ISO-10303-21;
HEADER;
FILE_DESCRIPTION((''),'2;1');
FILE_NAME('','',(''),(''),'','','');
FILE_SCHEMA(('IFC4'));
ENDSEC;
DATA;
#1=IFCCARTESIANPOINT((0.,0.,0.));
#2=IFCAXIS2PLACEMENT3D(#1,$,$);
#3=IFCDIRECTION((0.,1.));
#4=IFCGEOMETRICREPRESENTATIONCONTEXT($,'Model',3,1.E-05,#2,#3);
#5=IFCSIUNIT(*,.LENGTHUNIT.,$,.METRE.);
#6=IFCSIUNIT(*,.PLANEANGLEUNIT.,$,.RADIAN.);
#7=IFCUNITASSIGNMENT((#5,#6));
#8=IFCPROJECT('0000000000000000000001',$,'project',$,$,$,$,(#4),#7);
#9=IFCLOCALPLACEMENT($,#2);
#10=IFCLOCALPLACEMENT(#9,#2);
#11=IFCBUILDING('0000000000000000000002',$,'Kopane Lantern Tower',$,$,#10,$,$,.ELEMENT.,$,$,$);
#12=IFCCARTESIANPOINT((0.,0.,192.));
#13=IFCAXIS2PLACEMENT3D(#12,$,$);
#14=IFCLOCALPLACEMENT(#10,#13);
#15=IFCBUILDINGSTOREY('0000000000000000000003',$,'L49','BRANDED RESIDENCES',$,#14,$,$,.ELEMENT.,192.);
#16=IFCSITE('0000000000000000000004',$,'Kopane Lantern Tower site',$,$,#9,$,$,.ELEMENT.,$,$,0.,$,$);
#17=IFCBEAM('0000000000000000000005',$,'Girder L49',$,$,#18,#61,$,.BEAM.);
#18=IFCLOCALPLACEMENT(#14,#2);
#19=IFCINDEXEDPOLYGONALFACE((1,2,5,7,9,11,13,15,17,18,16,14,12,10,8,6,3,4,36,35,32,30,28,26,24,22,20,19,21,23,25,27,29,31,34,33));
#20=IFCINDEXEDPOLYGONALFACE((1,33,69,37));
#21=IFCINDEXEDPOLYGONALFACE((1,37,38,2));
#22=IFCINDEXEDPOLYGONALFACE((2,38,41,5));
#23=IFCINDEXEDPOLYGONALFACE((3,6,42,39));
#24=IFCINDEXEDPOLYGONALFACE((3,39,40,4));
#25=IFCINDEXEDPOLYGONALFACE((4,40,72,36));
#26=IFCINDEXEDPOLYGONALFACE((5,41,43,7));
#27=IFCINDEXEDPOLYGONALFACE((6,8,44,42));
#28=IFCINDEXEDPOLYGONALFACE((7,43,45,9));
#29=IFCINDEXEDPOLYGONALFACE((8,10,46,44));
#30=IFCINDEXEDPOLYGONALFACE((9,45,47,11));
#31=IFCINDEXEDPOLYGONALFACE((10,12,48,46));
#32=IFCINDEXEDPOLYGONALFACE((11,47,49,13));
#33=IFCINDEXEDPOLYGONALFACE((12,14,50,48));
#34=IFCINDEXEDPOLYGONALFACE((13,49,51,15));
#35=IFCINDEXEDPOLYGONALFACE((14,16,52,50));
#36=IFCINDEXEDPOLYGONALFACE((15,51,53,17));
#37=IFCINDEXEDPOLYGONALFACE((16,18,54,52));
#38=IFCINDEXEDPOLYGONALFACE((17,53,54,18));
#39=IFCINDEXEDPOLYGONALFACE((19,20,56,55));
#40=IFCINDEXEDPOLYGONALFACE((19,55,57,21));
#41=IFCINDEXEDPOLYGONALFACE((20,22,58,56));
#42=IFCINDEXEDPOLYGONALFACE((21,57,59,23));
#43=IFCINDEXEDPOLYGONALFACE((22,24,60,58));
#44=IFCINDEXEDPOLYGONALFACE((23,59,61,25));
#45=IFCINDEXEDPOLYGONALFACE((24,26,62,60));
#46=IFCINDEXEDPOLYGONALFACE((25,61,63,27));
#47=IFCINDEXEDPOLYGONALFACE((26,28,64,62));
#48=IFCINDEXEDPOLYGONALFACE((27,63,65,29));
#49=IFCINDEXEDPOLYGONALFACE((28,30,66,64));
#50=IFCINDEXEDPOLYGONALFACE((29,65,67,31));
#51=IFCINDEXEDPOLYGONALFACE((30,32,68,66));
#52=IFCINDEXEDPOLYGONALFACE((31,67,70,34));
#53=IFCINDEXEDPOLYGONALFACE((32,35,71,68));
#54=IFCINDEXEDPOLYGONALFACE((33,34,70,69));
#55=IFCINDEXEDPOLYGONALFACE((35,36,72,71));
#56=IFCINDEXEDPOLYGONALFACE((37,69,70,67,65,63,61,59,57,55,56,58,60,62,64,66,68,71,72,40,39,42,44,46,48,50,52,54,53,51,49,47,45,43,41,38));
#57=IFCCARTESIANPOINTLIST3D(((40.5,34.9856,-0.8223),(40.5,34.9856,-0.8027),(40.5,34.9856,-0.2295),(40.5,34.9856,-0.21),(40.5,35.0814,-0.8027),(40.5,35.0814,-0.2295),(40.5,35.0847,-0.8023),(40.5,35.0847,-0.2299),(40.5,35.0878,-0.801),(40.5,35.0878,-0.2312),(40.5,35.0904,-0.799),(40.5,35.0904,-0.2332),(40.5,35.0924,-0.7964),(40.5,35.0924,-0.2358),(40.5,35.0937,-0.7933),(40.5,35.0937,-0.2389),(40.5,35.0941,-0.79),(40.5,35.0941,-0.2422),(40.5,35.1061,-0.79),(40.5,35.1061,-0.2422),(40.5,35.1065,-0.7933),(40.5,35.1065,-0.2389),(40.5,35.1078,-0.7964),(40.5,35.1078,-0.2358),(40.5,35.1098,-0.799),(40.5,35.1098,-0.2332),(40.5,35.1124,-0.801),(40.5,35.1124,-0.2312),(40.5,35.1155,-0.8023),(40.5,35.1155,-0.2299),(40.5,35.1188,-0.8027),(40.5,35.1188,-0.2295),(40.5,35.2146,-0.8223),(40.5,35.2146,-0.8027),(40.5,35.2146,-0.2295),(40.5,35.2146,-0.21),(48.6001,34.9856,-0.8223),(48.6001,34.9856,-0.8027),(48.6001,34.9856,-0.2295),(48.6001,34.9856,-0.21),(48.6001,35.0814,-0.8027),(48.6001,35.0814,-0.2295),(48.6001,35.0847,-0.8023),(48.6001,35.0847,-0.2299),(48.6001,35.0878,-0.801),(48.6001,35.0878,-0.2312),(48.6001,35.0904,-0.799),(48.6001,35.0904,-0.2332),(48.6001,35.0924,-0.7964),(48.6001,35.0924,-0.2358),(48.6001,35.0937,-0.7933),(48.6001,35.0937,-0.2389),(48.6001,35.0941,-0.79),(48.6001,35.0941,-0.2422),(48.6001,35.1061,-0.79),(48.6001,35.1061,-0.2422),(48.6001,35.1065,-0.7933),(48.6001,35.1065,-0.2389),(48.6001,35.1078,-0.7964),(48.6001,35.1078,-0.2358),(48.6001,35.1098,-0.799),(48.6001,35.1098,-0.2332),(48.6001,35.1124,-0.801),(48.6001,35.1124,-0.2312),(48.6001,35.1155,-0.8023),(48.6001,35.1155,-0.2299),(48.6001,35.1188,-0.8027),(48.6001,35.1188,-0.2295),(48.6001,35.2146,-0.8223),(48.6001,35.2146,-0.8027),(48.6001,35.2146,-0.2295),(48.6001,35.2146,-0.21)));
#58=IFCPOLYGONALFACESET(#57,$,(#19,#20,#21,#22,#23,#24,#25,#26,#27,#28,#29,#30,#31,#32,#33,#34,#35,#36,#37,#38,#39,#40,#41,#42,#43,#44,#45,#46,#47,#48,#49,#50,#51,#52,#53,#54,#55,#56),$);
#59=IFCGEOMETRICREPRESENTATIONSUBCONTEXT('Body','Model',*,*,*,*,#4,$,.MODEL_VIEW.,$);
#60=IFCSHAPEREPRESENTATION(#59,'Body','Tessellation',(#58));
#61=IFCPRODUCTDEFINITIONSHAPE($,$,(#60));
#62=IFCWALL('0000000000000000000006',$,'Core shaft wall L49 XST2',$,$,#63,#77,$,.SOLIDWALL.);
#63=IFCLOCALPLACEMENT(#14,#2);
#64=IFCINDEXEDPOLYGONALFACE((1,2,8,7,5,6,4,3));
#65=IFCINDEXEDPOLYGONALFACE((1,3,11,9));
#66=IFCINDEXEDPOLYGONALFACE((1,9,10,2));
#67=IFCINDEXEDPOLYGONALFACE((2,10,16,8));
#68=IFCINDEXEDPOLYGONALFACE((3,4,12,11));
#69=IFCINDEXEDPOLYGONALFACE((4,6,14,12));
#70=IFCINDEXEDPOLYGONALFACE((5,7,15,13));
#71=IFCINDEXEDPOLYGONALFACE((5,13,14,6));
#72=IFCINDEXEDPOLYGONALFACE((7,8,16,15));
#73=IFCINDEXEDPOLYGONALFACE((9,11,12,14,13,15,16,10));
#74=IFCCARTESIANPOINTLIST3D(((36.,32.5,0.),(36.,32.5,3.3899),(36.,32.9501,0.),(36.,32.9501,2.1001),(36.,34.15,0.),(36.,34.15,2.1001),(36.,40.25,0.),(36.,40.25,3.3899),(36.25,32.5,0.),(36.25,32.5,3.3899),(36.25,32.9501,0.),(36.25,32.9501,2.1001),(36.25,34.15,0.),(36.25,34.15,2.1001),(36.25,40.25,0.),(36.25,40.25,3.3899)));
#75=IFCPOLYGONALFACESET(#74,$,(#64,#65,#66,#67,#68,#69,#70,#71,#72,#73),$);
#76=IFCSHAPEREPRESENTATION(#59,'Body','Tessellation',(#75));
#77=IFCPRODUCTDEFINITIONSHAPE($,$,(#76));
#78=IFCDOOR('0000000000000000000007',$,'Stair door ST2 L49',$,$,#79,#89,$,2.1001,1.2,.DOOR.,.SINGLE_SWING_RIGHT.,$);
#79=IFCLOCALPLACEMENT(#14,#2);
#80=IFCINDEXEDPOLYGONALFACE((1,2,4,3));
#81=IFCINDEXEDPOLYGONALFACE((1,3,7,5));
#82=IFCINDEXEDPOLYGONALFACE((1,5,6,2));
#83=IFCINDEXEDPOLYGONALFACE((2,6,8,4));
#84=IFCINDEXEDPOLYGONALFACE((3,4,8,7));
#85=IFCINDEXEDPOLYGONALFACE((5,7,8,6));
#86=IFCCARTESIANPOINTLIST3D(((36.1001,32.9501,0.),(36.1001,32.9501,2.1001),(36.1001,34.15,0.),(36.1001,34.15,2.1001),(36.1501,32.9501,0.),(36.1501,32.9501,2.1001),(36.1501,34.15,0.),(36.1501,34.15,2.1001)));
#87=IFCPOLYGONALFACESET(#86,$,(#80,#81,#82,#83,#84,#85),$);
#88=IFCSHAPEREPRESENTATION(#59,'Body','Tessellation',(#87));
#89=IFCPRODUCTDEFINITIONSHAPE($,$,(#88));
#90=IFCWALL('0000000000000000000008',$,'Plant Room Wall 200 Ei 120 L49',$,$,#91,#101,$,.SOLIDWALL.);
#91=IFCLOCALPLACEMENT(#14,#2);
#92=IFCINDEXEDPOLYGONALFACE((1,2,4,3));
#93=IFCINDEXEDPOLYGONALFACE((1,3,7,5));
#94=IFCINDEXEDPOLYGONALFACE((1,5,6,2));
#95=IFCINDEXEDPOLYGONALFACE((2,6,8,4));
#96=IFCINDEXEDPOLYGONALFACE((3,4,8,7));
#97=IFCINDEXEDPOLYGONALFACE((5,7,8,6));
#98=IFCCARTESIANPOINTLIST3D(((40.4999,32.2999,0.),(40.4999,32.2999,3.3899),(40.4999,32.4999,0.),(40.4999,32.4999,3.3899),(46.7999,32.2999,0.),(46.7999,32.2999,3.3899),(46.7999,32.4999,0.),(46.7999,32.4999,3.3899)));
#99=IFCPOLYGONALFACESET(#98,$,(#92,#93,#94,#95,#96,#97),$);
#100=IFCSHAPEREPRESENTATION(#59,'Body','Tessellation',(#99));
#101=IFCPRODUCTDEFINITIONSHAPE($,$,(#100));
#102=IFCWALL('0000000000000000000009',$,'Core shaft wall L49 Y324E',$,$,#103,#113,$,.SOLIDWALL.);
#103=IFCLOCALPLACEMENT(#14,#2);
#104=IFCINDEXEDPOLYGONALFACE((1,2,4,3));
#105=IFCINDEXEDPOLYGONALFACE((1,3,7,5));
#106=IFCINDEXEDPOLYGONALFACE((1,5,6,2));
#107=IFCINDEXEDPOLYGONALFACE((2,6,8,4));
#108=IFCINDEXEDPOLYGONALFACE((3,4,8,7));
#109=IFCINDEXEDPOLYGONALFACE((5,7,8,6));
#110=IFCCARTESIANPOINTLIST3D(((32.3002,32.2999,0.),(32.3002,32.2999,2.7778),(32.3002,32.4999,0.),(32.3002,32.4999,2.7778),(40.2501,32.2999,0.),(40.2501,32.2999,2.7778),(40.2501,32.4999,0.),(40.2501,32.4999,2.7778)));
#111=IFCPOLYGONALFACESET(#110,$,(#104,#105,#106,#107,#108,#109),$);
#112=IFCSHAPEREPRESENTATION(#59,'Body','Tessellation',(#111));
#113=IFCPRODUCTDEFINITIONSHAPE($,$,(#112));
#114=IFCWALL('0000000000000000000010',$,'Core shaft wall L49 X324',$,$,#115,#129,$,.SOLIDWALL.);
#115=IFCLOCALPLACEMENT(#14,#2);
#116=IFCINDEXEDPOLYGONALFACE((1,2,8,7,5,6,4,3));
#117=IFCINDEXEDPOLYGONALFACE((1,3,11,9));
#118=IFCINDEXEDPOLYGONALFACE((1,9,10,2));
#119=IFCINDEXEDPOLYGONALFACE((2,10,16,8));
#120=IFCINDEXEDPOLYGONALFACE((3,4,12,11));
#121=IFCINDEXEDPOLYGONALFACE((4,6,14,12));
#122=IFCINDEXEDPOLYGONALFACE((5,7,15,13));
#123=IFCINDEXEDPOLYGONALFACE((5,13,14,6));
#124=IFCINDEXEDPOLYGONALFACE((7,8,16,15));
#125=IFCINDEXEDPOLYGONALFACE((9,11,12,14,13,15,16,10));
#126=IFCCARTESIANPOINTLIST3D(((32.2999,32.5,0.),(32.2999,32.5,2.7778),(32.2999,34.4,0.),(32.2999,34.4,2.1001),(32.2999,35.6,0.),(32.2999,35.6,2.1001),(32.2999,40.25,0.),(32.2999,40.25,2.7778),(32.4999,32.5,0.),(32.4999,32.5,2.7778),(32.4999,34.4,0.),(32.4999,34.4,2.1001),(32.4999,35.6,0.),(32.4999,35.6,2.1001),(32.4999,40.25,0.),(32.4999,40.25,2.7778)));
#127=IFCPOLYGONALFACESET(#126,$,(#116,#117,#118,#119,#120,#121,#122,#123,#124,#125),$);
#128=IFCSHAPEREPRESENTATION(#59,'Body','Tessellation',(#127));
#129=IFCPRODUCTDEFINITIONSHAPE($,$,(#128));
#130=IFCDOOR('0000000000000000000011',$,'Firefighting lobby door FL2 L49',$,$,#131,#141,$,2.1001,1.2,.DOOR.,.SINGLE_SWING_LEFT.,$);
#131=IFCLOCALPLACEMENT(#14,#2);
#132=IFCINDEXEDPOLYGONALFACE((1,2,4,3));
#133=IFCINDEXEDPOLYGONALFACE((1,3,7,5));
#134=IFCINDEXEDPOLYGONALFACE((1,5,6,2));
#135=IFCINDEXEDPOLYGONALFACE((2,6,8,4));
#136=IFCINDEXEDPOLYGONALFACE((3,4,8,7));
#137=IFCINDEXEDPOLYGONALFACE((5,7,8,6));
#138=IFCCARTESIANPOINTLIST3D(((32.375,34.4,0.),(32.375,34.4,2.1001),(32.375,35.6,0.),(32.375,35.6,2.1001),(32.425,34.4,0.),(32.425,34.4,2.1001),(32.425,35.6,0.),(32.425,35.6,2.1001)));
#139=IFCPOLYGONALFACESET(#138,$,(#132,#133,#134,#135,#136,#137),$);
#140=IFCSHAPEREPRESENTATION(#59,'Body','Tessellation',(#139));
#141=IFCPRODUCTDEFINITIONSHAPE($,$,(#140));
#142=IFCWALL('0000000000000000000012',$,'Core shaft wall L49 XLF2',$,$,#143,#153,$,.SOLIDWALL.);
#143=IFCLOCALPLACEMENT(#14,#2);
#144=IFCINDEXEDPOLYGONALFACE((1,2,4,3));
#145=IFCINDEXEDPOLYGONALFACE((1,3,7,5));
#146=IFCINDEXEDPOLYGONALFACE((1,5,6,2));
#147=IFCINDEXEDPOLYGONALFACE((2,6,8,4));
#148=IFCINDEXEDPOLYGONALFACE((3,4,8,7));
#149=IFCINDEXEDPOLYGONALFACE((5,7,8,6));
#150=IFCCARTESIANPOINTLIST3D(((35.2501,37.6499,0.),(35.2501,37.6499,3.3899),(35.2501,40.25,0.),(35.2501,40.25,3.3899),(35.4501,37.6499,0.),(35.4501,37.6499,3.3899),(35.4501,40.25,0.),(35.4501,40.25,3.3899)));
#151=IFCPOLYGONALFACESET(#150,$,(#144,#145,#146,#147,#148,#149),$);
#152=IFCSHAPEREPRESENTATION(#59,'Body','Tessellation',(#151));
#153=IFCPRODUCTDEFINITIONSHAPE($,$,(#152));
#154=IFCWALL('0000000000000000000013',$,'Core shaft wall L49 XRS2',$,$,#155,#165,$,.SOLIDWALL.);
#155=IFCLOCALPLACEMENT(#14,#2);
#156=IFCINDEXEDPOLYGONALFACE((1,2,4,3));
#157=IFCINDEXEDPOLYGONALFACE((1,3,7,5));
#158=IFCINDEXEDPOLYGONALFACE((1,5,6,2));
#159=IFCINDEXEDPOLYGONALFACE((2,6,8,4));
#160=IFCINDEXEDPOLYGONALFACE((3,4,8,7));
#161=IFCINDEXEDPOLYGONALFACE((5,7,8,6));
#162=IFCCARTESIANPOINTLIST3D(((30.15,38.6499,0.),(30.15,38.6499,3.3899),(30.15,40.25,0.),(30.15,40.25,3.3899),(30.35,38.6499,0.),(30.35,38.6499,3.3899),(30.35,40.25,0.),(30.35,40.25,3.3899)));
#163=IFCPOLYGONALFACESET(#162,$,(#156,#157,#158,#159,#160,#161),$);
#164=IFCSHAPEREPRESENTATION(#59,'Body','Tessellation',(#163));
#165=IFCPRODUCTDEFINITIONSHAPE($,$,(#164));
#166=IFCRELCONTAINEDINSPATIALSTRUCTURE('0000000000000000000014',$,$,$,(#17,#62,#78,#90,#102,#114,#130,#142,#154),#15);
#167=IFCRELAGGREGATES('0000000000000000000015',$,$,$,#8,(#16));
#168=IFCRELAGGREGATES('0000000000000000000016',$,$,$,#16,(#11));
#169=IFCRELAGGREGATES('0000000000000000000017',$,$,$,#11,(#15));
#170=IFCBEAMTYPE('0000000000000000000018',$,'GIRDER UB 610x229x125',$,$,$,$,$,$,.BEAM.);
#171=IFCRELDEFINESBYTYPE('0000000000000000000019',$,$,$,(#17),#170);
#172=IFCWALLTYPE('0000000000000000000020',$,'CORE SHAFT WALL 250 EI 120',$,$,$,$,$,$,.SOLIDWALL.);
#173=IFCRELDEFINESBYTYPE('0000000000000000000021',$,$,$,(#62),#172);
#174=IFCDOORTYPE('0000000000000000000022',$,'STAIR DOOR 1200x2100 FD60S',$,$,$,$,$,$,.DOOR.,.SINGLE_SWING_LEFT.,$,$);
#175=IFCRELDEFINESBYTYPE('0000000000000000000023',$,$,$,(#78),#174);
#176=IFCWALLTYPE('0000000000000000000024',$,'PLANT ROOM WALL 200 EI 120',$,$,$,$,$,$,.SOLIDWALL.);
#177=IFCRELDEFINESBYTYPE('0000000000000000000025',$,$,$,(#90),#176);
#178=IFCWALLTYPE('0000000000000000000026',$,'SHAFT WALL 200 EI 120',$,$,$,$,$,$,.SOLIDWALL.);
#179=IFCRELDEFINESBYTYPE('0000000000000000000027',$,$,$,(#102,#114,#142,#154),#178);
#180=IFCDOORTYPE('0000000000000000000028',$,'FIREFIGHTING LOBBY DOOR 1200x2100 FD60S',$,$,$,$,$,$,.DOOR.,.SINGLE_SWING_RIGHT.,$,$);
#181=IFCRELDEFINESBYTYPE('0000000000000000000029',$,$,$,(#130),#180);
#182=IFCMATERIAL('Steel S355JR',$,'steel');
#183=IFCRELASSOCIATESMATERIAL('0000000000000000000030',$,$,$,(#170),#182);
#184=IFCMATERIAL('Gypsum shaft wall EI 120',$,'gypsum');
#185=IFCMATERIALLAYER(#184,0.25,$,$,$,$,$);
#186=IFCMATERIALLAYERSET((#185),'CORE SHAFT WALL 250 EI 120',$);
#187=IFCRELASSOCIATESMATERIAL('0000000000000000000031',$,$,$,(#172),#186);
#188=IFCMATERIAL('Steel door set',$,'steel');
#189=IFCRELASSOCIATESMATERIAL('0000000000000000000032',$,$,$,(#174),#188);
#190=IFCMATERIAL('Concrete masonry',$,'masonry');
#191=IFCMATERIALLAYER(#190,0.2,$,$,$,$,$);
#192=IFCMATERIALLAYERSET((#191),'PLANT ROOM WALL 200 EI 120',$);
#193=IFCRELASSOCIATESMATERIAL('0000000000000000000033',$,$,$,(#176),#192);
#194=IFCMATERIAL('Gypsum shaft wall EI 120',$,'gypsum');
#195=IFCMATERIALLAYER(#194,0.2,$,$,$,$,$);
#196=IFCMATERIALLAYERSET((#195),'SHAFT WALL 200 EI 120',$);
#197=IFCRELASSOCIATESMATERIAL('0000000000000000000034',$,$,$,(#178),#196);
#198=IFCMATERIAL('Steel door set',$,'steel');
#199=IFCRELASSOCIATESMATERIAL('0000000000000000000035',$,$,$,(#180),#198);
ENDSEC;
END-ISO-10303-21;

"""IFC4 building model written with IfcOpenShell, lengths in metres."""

from ifc_helpers import new_model, si_unit, direction, frame, frame_2d, origin, origin_2d, place, context, subcontext, project, spatial, rectangle, i_section, extrude, material, layer, layer_set, material_profile, profile_set, type_object, element, fill, save


model = new_model("IFC4")

# Units and contexts
model_context = context("Model", 3, precision=1e-05, world=origin(), true_north=direction((0.0, 1.0)))
body_context = subcontext(model_context, "Body", "Model", "MODEL_VIEW")
ifc_project = project(units=[si_unit("LENGTHUNIT", "METRE"), si_unit("PLANEANGLEUNIT", "RADIAN")], contexts=[model_context])

# Site, building, storey
site_placement = place(None, origin())
site = spatial("IfcSite", under=ifc_project, at=site_placement, Name="Kopane Lantern Tower site", CompositionType="ELEMENT", RefElevation=0.0)
building_placement = place(site_placement, origin())
building = spatial("IfcBuilding", under=site, at=building_placement, Name="Kopane Lantern Tower", CompositionType="ELEMENT")
storey_placement = place(building_placement, frame((0.0, 0.0, 192.0)))
storey = spatial("IfcBuildingStorey", under=building, at=storey_placement, Name="L49", Description="BRANDED RESIDENCES", CompositionType="ELEMENT", Elevation=192.0)

# Beam
ifc_material_1 = material(Name="Steel S355JR", Category="steel")
ifc_material_profile_1 = material_profile(ifc_material_1, i_section(OverallWidth=0.229, OverallDepth=0.6123, WebThickness=0.012, FlangeThickness=0.0195, FilletRadius=0.0127, at=origin_2d()), Name="UB 610x229x125")
ifc_profile_set_1 = profile_set([ifc_material_profile_1], Name="Steel S355JR")
beam_type_1 = type_object("IfcBeamType", Name="GIRDER UB 610x229x125", PredefinedType="BEAM", material=ifc_profile_set_1)
for number, where, z_axis, x_axis, name in (
    (1, (40.5, 35.1001, -0.5161), (1.0, 0.0, 0.0), (0.0, 1.0, 0.0), "Girder L49"),
):
    element("IfcBeam", number, at=place(storey_placement, frame(where, z_axis=z_axis, x_axis=x_axis)), inside=storey, type_object=beam_type_1, Name=name, PredefinedType="BEAM", context=body_context, shape_type="SweptSolid", body=[
        extrude(i_section(OverallWidth=0.229, OverallDepth=0.6123, WebThickness=0.012, FlangeThickness=0.0195, FilletRadius=0.0127, at=origin_2d()), origin(), (0.0, 0.0, 1.0), 8.1001),
    ])

# Wall, opening, door
ifc_material_2 = material(Name="Gypsum shaft wall EI 120", Category="gypsum")
ifc_layer_1 = layer(ifc_material_2, 0.25)
ifc_layer_set_1 = layer_set([ifc_layer_1], Name="CORE SHAFT WALL 250 EI 120")
wall_type_1 = type_object("IfcWallType", Name="CORE SHAFT WALL 250 EI 120", PredefinedType="SOLIDWALL", material=ifc_layer_set_1)
wall_1_placement = place(storey_placement, frame((36.125, 32.5, 0.0), z_axis=(0.0, 0.0, 1.0), x_axis=(0.0, 1.0, 0.0)))
wall_1 = element("IfcWall", 2, at=wall_1_placement, inside=storey, type_object=wall_type_1, Name="Core shaft wall L49 XST2", PredefinedType="SOLIDWALL", context=body_context, shape_type="SweptSolid", body=[
    extrude(rectangle(XDim=7.75, YDim=0.25, at=frame_2d((3.875, 0.0))), origin(), (0.0, 0.0, 1.0), 3.3899),
])
opening_1_placement = place(wall_1_placement, frame((0.45, 0.0, 0.0)))
opening_1 = element("IfcOpeningElement", 3, at=opening_1_placement, cuts=wall_1, PredefinedType="OPENING", context=body_context, shape_type="SweptSolid", body=[
    extrude(rectangle(XDim=1.2, YDim=2.1001, at=frame_2d((0.6001, 1.05))), frame((0.0, 0.135, 0.0), z_axis=(0.0, -1.0, 0.0), x_axis=(1.0, 0.0, 0.0)), (0.0, 0.0, 1.0), 0.27),
])
ifc_material_3 = material(Name="Steel door set", Category="steel")
door_type_1 = type_object("IfcDoorType", Name="STAIR DOOR 1200x2100 FD60S", OperationType="SINGLE_SWING_LEFT", PredefinedType="DOOR", material=ifc_material_3)
door_1_placement = place(opening_1_placement, origin())
door_1 = element("IfcDoor", 4, at=door_1_placement, inside=storey, type_object=door_type_1, Name="Stair door ST2 L49", OperationType="SINGLE_SWING_RIGHT", OverallHeight=2.1001, OverallWidth=1.2, PredefinedType="DOOR", context=body_context, shape_type="SweptSolid", body=[
    extrude(rectangle(XDim=1.2, YDim=2.1001, at=frame_2d((0.6001, 1.05))), frame((0.0, 0.0249, 0.0), z_axis=(0.0, -1.0, 0.0), x_axis=(1.0, 0.0, 0.0)), (0.0, 0.0, 1.0), 0.05),
])
fill(opening_1, door_1)

# Walls
ifc_material_4 = material(Name="Concrete masonry", Category="masonry")
ifc_layer_2 = layer(ifc_material_4, 0.2)
ifc_layer_set_2 = layer_set([ifc_layer_2], Name="PLANT ROOM WALL 200 EI 120")
wall_type_2 = type_object("IfcWallType", Name="PLANT ROOM WALL 200 EI 120", PredefinedType="SOLIDWALL", material=ifc_layer_set_2)
wall_2_placement = place(storey_placement, frame((40.5, 32.3999, 0.0), z_axis=(0.0, 0.0, 1.0), x_axis=(1.0, 0.0, 0.0)))
element("IfcWall", 5, at=wall_2_placement, inside=storey, type_object=wall_type_2, Name="Plant Room Wall 200 Ei 120 L49", PredefinedType="SOLIDWALL", context=body_context, shape_type="SweptSolid", body=[
    extrude(rectangle(XDim=6.3, YDim=0.2, at=frame_2d((3.1499, 0.0))), origin(), (0.0, 0.0, 1.0), 3.3899),
])
ifc_material_5 = material(Name="Gypsum shaft wall EI 120", Category="gypsum")
ifc_layer_3 = layer(ifc_material_5, 0.2)
ifc_layer_set_3 = layer_set([ifc_layer_3], Name="SHAFT WALL 200 EI 120")
wall_type_3 = type_object("IfcWallType", Name="SHAFT WALL 200 EI 120", PredefinedType="SOLIDWALL", material=ifc_layer_set_3)
wall_3_placement = place(storey_placement, frame((32.3, 32.3999, 0.0), z_axis=(0.0, 0.0, 1.0), x_axis=(1.0, 0.0, 0.0)))
element("IfcWall", 6, at=wall_3_placement, inside=storey, type_object=wall_type_3, Name="Core shaft wall L49 Y324E", PredefinedType="SOLIDWALL", context=body_context, shape_type="SweptSolid", body=[
    extrude(rectangle(XDim=7.95, YDim=0.2, at=frame_2d((3.9751, 0.0))), origin(), (0.0, 0.0, 1.0), 2.7778),
])

# Wall, opening, door
wall_4_placement = place(storey_placement, frame((32.3999, 32.5, 0.0), z_axis=(0.0, 0.0, 1.0), x_axis=(0.0, 1.0, 0.0)))
wall_4 = element("IfcWall", 7, at=wall_4_placement, inside=storey, type_object=wall_type_3, Name="Core shaft wall L49 X324", PredefinedType="SOLIDWALL", context=body_context, shape_type="SweptSolid", body=[
    extrude(rectangle(XDim=7.75, YDim=0.2, at=frame_2d((3.875, 0.0))), origin(), (0.0, 0.0, 1.0), 2.7778),
])
opening_2_placement = place(wall_4_placement, frame((1.8999, 0.0, 0.0)))
opening_2 = element("IfcOpeningElement", 8, at=opening_2_placement, cuts=wall_4, PredefinedType="OPENING", context=body_context, shape_type="SweptSolid", body=[
    extrude(rectangle(XDim=1.2, YDim=2.1001, at=frame_2d((0.6001, 1.05))), frame((0.0, 0.1099, 0.0), z_axis=(0.0, -1.0, 0.0), x_axis=(1.0, 0.0, 0.0)), (0.0, 0.0, 1.0), 0.22),
])
ifc_material_6 = material(Name="Steel door set", Category="steel")
door_type_2 = type_object("IfcDoorType", Name="FIREFIGHTING LOBBY DOOR 1200x2100 FD60S", OperationType="SINGLE_SWING_RIGHT", PredefinedType="DOOR", material=ifc_material_6)
door_2_placement = place(opening_2_placement, origin())
door_2 = element("IfcDoor", 9, at=door_2_placement, inside=storey, type_object=door_type_2, Name="Firefighting lobby door FL2 L49", OperationType="SINGLE_SWING_LEFT", OverallHeight=2.1001, OverallWidth=1.2, PredefinedType="DOOR", context=body_context, shape_type="SweptSolid", body=[
    extrude(rectangle(XDim=1.2, YDim=2.1001, at=frame_2d((0.6001, 1.05))), frame((0.0, 0.0249, 0.0), z_axis=(0.0, -1.0, 0.0), x_axis=(1.0, 0.0, 0.0)), (0.0, 0.0, 1.0), 0.05),
])
fill(opening_2, door_2)

# Walls
wall_5_placement = place(storey_placement, frame((35.3501, 37.6499, 0.0), z_axis=(0.0, 0.0, 1.0), x_axis=(0.0, 1.0, 0.0)))
element("IfcWall", 10, at=wall_5_placement, inside=storey, type_object=wall_type_3, Name="Core shaft wall L49 XLF2", PredefinedType="SOLIDWALL", context=body_context, shape_type="SweptSolid", body=[
    extrude(rectangle(XDim=2.6001, YDim=0.2, at=frame_2d((1.3, 0.0))), origin(), (0.0, 0.0, 1.0), 3.3899),
])
wall_6_placement = place(storey_placement, frame((30.25, 38.6499, 0.0), z_axis=(0.0, 0.0, 1.0), x_axis=(0.0, 1.0, 0.0)))
element("IfcWall", 11, at=wall_6_placement, inside=storey, type_object=wall_type_3, Name="Core shaft wall L49 XRS2", PredefinedType="SOLIDWALL", context=body_context, shape_type="SweptSolid", body=[
    extrude(rectangle(XDim=1.6001, YDim=0.2, at=frame_2d((0.8, 0.0))), origin(), (0.0, 0.0, 1.0), 3.3899),
])

save(model, "model.ifc")
